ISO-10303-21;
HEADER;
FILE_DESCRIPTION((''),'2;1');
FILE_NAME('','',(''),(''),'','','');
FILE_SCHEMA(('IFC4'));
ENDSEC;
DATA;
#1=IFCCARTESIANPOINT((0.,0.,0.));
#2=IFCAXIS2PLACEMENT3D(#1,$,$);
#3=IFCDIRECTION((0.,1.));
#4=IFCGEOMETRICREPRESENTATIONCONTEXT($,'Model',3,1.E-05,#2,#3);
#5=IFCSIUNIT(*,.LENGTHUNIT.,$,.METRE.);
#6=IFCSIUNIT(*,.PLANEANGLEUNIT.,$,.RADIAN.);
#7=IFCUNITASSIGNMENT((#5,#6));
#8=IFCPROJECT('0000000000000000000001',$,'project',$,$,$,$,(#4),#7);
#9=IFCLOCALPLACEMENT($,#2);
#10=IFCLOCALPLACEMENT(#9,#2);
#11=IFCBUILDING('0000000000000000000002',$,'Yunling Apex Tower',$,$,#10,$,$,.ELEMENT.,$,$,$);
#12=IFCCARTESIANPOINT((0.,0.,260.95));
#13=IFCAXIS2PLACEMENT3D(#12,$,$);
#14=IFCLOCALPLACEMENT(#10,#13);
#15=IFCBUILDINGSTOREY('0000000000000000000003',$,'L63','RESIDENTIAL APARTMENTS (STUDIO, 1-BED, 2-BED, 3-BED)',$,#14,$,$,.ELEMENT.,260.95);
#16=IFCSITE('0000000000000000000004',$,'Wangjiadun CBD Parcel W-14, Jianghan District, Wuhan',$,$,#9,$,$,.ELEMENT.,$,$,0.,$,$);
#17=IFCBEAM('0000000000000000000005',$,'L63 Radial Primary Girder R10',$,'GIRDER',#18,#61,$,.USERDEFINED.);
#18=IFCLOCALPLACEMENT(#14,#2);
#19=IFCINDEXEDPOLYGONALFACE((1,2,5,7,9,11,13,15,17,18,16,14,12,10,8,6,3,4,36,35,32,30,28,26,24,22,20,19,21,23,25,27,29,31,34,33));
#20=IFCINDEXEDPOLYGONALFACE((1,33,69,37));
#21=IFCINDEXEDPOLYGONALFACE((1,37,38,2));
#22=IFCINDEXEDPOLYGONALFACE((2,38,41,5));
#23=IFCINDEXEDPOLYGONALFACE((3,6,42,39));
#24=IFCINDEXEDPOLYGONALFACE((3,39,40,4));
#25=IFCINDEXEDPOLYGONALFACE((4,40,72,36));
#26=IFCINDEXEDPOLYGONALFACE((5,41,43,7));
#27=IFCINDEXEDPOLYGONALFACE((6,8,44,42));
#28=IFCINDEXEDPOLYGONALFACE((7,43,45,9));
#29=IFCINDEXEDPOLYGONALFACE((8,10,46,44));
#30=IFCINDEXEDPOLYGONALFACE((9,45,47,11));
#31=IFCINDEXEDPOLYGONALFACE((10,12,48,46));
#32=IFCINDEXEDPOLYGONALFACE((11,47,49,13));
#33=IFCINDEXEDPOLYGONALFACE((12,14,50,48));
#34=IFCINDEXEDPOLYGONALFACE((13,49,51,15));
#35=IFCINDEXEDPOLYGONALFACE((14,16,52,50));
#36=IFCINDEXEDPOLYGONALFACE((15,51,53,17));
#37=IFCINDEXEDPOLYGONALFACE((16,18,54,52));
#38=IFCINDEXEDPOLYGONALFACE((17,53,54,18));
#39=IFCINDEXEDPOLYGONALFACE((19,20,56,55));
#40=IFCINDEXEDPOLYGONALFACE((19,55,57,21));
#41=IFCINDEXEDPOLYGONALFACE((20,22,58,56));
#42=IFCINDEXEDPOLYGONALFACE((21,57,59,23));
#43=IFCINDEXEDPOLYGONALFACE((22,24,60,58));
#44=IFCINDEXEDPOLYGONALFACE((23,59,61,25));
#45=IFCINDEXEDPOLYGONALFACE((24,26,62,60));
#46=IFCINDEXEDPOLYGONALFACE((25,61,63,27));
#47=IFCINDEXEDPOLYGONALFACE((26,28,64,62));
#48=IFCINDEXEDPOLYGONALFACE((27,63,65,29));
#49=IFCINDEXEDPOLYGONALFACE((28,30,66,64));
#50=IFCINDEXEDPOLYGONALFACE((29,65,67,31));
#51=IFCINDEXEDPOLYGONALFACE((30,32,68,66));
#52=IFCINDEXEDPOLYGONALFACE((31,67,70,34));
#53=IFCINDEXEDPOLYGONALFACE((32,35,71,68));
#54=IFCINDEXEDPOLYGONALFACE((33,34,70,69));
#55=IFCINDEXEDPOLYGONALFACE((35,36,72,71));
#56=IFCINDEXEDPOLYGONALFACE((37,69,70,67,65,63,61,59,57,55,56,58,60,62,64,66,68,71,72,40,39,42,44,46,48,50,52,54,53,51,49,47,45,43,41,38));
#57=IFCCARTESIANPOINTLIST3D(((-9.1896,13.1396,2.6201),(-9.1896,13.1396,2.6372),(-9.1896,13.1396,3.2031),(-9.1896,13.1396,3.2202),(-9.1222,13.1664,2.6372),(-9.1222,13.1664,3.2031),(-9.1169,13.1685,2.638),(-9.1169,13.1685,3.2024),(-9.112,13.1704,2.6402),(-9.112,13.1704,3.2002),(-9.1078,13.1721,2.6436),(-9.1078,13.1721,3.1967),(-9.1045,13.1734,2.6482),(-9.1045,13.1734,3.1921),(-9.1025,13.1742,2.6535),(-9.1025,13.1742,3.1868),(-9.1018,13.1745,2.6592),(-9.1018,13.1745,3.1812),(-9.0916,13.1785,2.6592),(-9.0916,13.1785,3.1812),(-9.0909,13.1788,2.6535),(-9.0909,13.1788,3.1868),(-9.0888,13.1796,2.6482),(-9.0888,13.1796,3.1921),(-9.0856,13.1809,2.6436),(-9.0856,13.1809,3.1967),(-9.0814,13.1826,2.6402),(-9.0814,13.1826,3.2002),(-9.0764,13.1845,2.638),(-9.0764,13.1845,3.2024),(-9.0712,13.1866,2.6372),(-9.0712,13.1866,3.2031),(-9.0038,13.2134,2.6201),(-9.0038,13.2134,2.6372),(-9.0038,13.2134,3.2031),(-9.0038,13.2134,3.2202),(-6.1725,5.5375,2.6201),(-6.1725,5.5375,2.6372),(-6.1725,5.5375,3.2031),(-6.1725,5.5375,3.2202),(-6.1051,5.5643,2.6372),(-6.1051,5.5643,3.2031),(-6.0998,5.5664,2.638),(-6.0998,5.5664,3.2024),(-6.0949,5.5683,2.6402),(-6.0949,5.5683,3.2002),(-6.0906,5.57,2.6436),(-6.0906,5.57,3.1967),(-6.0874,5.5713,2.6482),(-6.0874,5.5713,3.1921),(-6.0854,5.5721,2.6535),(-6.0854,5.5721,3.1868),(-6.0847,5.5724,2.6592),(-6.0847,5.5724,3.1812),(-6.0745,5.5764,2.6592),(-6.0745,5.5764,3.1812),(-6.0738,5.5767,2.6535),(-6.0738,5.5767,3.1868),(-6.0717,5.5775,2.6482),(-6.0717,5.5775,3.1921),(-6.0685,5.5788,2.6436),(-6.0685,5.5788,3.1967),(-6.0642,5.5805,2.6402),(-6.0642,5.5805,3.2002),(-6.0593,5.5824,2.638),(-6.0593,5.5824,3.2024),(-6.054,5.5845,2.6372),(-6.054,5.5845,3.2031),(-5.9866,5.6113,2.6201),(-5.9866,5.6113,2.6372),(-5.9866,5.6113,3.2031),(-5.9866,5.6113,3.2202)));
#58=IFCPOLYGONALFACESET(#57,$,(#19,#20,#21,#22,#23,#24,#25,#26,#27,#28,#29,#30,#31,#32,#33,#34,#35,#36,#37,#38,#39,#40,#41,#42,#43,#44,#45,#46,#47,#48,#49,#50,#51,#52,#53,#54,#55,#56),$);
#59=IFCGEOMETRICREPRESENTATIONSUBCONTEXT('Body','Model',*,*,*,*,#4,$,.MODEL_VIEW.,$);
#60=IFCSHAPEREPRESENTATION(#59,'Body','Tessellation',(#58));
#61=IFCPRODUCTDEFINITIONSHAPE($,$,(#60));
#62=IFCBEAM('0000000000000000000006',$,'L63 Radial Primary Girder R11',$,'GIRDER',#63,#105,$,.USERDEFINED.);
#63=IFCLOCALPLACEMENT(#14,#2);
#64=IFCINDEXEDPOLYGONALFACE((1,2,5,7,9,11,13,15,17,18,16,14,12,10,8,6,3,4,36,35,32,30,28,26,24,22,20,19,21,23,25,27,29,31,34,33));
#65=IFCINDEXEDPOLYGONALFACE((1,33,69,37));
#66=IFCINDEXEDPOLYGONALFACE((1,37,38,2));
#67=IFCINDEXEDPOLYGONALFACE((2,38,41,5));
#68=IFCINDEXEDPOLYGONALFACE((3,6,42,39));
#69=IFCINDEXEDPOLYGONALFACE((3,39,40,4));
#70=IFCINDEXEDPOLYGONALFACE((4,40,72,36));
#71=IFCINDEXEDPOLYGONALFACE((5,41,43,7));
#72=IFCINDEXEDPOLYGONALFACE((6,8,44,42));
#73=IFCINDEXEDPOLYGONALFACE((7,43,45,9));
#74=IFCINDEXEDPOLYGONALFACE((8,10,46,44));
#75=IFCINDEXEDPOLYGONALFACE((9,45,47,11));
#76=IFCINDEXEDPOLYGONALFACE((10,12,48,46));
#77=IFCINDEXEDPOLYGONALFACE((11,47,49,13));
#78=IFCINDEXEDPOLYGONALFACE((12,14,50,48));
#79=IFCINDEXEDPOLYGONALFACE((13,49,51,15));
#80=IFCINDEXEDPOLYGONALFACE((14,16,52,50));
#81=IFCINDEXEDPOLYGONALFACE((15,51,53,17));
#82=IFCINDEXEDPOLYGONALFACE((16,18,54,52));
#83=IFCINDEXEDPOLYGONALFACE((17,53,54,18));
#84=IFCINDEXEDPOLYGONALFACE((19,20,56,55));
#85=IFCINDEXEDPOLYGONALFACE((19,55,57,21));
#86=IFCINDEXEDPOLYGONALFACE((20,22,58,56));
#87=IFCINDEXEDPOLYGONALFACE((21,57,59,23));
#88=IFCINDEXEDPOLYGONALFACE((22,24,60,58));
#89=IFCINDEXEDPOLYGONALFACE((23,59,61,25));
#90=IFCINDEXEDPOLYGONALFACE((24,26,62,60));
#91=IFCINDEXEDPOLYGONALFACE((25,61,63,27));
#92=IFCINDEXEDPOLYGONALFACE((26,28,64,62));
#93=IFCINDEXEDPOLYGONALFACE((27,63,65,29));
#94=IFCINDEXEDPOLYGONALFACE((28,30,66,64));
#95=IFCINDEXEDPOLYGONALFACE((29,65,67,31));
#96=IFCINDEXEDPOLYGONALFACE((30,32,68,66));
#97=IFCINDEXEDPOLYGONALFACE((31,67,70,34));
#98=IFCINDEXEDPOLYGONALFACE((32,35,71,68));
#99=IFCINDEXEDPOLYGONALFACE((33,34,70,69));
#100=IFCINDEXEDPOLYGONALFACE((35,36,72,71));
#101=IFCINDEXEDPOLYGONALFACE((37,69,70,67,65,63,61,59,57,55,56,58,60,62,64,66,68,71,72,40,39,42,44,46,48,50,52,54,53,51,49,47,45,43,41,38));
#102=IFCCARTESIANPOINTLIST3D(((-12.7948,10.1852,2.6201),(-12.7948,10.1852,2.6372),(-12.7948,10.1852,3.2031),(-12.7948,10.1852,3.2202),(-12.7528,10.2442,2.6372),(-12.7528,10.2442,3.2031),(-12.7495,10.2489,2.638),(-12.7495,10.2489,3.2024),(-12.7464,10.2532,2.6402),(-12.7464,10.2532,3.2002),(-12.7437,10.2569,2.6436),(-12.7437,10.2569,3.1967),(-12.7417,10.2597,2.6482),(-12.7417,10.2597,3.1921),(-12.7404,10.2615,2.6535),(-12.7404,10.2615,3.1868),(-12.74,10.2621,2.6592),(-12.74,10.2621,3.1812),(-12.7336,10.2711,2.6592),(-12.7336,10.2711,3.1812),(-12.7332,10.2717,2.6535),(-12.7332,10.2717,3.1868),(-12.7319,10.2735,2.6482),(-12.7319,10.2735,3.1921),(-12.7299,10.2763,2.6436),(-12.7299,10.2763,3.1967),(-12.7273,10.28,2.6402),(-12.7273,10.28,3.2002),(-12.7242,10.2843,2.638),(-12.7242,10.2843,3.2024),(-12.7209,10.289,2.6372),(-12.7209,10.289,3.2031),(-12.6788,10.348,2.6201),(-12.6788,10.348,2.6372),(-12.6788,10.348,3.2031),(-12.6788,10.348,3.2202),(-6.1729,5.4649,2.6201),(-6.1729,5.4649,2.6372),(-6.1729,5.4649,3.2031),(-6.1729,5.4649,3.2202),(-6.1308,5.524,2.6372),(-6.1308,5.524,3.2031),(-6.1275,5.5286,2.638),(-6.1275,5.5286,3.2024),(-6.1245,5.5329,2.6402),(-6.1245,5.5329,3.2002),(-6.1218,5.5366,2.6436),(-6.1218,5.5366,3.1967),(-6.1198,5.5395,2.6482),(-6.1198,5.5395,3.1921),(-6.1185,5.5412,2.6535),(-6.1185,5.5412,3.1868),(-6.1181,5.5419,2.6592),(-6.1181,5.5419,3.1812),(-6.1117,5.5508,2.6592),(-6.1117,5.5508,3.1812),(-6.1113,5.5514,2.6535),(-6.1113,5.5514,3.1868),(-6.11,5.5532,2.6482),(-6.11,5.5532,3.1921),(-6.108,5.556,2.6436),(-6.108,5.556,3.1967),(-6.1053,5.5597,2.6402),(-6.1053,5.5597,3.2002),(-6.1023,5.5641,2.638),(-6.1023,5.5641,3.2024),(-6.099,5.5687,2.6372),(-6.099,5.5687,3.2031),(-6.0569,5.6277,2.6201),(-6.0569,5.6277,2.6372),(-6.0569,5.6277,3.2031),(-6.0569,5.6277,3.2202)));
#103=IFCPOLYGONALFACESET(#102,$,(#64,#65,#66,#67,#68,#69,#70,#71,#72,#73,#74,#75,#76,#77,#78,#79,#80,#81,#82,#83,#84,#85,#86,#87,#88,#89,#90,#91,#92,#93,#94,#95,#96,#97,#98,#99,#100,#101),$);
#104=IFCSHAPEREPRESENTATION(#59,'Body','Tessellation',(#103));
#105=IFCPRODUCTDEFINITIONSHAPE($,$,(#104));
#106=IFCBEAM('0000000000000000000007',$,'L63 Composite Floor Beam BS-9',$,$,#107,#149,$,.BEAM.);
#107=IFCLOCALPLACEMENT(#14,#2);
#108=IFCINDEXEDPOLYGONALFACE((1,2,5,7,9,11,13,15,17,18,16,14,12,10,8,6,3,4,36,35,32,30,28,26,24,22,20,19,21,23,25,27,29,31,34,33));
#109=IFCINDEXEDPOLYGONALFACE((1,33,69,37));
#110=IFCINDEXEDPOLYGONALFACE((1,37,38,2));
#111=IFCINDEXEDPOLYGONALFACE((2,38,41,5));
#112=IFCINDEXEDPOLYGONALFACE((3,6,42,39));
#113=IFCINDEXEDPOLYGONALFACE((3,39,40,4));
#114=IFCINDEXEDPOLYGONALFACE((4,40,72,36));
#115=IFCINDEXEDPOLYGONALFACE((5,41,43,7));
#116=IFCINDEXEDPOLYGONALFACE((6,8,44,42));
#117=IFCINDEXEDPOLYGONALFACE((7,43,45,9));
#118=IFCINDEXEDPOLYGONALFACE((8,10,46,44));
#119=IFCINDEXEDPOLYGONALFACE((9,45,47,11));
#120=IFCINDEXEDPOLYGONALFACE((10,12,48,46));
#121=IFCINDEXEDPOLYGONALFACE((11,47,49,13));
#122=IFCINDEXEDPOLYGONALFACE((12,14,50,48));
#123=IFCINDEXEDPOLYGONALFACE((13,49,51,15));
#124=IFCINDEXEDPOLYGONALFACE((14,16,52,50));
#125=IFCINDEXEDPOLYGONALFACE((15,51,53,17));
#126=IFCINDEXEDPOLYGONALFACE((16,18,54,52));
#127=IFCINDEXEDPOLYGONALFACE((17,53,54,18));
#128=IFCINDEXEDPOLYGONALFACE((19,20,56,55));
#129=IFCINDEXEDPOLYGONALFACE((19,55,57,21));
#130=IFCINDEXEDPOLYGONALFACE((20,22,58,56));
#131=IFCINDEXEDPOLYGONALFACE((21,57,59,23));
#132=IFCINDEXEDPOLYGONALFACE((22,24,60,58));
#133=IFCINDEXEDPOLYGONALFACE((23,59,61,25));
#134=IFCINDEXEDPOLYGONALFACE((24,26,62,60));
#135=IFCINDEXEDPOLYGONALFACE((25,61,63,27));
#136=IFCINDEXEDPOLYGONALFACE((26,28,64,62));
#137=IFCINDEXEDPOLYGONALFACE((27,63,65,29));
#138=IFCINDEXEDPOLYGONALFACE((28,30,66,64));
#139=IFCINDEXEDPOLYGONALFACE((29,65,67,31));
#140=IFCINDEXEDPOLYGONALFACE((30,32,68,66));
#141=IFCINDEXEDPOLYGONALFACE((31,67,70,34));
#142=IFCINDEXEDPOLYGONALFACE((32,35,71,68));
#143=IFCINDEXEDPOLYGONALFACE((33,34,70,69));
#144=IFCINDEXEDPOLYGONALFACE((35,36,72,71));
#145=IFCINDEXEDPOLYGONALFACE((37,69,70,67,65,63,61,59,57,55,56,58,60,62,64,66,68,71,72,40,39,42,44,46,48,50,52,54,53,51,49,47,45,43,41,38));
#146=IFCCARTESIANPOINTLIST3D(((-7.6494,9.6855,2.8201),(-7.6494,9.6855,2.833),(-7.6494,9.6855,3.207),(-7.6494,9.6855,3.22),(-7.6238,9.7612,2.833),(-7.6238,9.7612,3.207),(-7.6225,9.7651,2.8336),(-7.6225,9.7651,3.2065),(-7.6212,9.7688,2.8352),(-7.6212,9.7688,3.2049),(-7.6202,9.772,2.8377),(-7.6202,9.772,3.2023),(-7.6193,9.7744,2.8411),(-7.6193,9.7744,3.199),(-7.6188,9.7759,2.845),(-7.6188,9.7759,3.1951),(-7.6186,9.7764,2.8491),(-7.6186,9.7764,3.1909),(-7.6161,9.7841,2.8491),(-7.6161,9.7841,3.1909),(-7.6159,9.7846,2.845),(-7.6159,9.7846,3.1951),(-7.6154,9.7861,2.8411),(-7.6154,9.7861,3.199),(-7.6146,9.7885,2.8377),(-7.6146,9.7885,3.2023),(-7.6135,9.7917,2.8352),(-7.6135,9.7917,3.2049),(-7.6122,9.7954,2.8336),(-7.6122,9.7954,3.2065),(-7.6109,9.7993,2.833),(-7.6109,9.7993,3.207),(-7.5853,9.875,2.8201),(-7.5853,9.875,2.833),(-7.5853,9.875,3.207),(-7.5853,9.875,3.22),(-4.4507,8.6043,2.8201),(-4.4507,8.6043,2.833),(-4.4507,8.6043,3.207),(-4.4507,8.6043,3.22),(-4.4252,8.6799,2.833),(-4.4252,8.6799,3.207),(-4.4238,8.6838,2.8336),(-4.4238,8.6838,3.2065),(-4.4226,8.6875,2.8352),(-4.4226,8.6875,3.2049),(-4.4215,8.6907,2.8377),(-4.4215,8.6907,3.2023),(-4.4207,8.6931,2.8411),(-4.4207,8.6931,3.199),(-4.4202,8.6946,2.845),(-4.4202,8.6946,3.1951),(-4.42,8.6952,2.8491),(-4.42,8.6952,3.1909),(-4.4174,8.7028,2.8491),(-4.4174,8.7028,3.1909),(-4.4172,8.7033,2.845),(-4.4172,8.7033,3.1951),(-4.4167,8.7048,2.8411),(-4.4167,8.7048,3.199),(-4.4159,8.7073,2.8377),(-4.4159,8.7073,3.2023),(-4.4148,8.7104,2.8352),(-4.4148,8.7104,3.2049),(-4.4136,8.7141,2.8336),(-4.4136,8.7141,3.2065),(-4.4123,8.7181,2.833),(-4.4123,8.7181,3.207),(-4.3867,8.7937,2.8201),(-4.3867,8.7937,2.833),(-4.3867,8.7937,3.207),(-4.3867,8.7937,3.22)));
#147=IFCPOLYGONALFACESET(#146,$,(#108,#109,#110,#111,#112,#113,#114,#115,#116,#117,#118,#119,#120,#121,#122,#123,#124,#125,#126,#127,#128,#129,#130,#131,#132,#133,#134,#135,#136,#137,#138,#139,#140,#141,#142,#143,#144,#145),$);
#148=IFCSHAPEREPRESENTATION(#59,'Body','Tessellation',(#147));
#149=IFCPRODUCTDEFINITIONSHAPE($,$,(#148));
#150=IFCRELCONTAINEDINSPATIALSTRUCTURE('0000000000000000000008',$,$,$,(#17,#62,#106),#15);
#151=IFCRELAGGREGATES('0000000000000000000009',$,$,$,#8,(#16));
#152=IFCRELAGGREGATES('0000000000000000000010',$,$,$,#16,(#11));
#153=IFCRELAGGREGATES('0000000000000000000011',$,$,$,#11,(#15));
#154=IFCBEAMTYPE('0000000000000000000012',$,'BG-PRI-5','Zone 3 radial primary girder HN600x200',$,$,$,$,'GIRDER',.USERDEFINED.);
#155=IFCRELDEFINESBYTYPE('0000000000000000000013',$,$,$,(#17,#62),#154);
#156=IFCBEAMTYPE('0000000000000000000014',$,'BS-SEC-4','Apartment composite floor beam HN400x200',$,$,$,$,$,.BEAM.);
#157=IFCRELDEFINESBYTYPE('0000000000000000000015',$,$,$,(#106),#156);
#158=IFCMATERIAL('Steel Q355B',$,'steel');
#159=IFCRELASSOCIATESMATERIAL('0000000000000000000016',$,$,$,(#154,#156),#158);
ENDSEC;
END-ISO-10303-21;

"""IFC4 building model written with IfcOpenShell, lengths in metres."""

from ifc_helpers import new_model, si_unit, direction, frame, origin, origin_2d, place, context, subcontext, project, spatial, i_section, extrude, source, transform, mapped, material, material_profile, profile_set, type_object, element, save


model = new_model("IFC4")

# Units and contexts
model_context = context("Model", 3, precision=1e-05, world=origin(), true_north=direction((0.0, 1.0)))
body_context = subcontext(model_context, "Body", "Model", "MODEL_VIEW")
ifc_project = project(units=[si_unit("LENGTHUNIT", "METRE"), si_unit("PLANEANGLEUNIT", "RADIAN")], contexts=[model_context])

# Site, building, storey
site_placement = place(None, origin())
site = spatial("IfcSite", under=ifc_project, at=site_placement, Name="Wangjiadun CBD Parcel W-14, Jianghan District, Wuhan", CompositionType="ELEMENT", RefElevation=0.0)
building_placement = place(site_placement, origin())
building = spatial("IfcBuilding", under=site, at=building_placement, Name="Yunling Apex Tower", CompositionType="ELEMENT")
storey_placement = place(building_placement, frame((0.0, 0.0, 260.95)))
storey = spatial("IfcBuildingStorey", under=building, at=storey_placement, Name="L63", Description="RESIDENTIAL APARTMENTS (STUDIO, 1-BED, 2-BED, 3-BED)", CompositionType="ELEMENT", Elevation=260.95)

# Shared definitions
ifc_material_1 = material(Name="Steel Q355B", Category="steel")

# Beams
ifc_material_profile_1 = material_profile(ifc_material_1, i_section(OverallWidth=0.2, OverallDepth=0.6001, WebThickness=0.011, FlangeThickness=0.0171, FilletRadius=0.022, at=origin_2d()))
ifc_profile_set_1 = profile_set([ifc_material_profile_1], Name="Steel Q355B")
beam_type_1 = type_object("IfcBeamType", Name="BG-PRI-5", Description="Zone 3 radial primary girder HN600x200", ElementType="GIRDER", PredefinedType="USERDEFINED", material=ifc_profile_set_1)
shared_shape_1 = source(origin(), body_context, "Body", "SweptSolid", [
    extrude(i_section(OverallWidth=0.2, OverallDepth=0.6001, WebThickness=0.011, FlangeThickness=0.0171, FilletRadius=0.022, at=origin_2d()), origin(), (0.0, 0.0, 1.0), 8.179),
])
beam_1_placement = place(storey_placement, frame((-9.0967, 13.1765, 2.9202), z_axis=(0.368888, -0.929474, 0.0), x_axis=(0.929474, 0.368888, 0.0)))
element("IfcBeam", 1, at=beam_1_placement, inside=storey, type_object=beam_type_1, Name="L63 Radial Primary Girder R10", ObjectType="GIRDER", PredefinedType="USERDEFINED", context=body_context, shape_type="MappedRepresentation", body=[
    mapped(shared_shape_1, transform((0.0, 0.0, 0.0), scale=1.0)),
])
shared_shape_2 = source(origin(), body_context, "Body", "SweptSolid", [
    extrude(i_section(OverallWidth=0.2, OverallDepth=0.6001, WebThickness=0.011, FlangeThickness=0.0171, FilletRadius=0.022, at=origin_2d()), origin(), (0.0, 0.0, 1.0), 8.1321),
])
beam_2_placement = place(storey_placement, frame((-12.7368, 10.2666, 2.9202), z_axis=(0.814295, -0.580451, 0.0), x_axis=(0.580451, 0.814295, 0.0)))
element("IfcBeam", 2, at=beam_2_placement, inside=storey, type_object=beam_type_1, Name="L63 Radial Primary Girder R11", ObjectType="GIRDER", PredefinedType="USERDEFINED", context=body_context, shape_type="MappedRepresentation", body=[
    mapped(shared_shape_2, transform((0.0, 0.0, 0.0), scale=1.0)),
])
ifc_material_profile_2 = material_profile(ifc_material_1, i_section(OverallWidth=0.2, OverallDepth=0.3999, WebThickness=0.0081, FlangeThickness=0.0129, FilletRadius=0.0161, at=origin_2d()))
ifc_profile_set_2 = profile_set([ifc_material_profile_2], Name="Steel Q355B")
beam_type_2 = type_object("IfcBeamType", Name="BS-SEC-4", Description="Apartment composite floor beam HN400x200", PredefinedType="BEAM", material=ifc_profile_set_2)
shared_shape_3 = source(origin(), body_context, "Body", "SweptSolid", [
    extrude(i_section(OverallWidth=0.2, OverallDepth=0.3999, WebThickness=0.0081, FlangeThickness=0.0129, FilletRadius=0.0161, at=origin_2d()), origin(), (0.0, 0.0, 1.0), 3.3765),
])
beam_3_placement = place(storey_placement, frame((-4.4187, 8.699, 3.02), z_axis=(-0.947337, 0.320238, 0.0), x_axis=(-0.320238, -0.947337, 0.0)))
element("IfcBeam", 3, at=beam_3_placement, inside=storey, type_object=beam_type_2, Name="L63 Composite Floor Beam BS-9", PredefinedType="BEAM", context=body_context, shape_type="MappedRepresentation", body=[
    mapped(shared_shape_3, transform((0.0, 0.0, 0.0), scale=1.0)),
])

save(model, "model.ifc")
